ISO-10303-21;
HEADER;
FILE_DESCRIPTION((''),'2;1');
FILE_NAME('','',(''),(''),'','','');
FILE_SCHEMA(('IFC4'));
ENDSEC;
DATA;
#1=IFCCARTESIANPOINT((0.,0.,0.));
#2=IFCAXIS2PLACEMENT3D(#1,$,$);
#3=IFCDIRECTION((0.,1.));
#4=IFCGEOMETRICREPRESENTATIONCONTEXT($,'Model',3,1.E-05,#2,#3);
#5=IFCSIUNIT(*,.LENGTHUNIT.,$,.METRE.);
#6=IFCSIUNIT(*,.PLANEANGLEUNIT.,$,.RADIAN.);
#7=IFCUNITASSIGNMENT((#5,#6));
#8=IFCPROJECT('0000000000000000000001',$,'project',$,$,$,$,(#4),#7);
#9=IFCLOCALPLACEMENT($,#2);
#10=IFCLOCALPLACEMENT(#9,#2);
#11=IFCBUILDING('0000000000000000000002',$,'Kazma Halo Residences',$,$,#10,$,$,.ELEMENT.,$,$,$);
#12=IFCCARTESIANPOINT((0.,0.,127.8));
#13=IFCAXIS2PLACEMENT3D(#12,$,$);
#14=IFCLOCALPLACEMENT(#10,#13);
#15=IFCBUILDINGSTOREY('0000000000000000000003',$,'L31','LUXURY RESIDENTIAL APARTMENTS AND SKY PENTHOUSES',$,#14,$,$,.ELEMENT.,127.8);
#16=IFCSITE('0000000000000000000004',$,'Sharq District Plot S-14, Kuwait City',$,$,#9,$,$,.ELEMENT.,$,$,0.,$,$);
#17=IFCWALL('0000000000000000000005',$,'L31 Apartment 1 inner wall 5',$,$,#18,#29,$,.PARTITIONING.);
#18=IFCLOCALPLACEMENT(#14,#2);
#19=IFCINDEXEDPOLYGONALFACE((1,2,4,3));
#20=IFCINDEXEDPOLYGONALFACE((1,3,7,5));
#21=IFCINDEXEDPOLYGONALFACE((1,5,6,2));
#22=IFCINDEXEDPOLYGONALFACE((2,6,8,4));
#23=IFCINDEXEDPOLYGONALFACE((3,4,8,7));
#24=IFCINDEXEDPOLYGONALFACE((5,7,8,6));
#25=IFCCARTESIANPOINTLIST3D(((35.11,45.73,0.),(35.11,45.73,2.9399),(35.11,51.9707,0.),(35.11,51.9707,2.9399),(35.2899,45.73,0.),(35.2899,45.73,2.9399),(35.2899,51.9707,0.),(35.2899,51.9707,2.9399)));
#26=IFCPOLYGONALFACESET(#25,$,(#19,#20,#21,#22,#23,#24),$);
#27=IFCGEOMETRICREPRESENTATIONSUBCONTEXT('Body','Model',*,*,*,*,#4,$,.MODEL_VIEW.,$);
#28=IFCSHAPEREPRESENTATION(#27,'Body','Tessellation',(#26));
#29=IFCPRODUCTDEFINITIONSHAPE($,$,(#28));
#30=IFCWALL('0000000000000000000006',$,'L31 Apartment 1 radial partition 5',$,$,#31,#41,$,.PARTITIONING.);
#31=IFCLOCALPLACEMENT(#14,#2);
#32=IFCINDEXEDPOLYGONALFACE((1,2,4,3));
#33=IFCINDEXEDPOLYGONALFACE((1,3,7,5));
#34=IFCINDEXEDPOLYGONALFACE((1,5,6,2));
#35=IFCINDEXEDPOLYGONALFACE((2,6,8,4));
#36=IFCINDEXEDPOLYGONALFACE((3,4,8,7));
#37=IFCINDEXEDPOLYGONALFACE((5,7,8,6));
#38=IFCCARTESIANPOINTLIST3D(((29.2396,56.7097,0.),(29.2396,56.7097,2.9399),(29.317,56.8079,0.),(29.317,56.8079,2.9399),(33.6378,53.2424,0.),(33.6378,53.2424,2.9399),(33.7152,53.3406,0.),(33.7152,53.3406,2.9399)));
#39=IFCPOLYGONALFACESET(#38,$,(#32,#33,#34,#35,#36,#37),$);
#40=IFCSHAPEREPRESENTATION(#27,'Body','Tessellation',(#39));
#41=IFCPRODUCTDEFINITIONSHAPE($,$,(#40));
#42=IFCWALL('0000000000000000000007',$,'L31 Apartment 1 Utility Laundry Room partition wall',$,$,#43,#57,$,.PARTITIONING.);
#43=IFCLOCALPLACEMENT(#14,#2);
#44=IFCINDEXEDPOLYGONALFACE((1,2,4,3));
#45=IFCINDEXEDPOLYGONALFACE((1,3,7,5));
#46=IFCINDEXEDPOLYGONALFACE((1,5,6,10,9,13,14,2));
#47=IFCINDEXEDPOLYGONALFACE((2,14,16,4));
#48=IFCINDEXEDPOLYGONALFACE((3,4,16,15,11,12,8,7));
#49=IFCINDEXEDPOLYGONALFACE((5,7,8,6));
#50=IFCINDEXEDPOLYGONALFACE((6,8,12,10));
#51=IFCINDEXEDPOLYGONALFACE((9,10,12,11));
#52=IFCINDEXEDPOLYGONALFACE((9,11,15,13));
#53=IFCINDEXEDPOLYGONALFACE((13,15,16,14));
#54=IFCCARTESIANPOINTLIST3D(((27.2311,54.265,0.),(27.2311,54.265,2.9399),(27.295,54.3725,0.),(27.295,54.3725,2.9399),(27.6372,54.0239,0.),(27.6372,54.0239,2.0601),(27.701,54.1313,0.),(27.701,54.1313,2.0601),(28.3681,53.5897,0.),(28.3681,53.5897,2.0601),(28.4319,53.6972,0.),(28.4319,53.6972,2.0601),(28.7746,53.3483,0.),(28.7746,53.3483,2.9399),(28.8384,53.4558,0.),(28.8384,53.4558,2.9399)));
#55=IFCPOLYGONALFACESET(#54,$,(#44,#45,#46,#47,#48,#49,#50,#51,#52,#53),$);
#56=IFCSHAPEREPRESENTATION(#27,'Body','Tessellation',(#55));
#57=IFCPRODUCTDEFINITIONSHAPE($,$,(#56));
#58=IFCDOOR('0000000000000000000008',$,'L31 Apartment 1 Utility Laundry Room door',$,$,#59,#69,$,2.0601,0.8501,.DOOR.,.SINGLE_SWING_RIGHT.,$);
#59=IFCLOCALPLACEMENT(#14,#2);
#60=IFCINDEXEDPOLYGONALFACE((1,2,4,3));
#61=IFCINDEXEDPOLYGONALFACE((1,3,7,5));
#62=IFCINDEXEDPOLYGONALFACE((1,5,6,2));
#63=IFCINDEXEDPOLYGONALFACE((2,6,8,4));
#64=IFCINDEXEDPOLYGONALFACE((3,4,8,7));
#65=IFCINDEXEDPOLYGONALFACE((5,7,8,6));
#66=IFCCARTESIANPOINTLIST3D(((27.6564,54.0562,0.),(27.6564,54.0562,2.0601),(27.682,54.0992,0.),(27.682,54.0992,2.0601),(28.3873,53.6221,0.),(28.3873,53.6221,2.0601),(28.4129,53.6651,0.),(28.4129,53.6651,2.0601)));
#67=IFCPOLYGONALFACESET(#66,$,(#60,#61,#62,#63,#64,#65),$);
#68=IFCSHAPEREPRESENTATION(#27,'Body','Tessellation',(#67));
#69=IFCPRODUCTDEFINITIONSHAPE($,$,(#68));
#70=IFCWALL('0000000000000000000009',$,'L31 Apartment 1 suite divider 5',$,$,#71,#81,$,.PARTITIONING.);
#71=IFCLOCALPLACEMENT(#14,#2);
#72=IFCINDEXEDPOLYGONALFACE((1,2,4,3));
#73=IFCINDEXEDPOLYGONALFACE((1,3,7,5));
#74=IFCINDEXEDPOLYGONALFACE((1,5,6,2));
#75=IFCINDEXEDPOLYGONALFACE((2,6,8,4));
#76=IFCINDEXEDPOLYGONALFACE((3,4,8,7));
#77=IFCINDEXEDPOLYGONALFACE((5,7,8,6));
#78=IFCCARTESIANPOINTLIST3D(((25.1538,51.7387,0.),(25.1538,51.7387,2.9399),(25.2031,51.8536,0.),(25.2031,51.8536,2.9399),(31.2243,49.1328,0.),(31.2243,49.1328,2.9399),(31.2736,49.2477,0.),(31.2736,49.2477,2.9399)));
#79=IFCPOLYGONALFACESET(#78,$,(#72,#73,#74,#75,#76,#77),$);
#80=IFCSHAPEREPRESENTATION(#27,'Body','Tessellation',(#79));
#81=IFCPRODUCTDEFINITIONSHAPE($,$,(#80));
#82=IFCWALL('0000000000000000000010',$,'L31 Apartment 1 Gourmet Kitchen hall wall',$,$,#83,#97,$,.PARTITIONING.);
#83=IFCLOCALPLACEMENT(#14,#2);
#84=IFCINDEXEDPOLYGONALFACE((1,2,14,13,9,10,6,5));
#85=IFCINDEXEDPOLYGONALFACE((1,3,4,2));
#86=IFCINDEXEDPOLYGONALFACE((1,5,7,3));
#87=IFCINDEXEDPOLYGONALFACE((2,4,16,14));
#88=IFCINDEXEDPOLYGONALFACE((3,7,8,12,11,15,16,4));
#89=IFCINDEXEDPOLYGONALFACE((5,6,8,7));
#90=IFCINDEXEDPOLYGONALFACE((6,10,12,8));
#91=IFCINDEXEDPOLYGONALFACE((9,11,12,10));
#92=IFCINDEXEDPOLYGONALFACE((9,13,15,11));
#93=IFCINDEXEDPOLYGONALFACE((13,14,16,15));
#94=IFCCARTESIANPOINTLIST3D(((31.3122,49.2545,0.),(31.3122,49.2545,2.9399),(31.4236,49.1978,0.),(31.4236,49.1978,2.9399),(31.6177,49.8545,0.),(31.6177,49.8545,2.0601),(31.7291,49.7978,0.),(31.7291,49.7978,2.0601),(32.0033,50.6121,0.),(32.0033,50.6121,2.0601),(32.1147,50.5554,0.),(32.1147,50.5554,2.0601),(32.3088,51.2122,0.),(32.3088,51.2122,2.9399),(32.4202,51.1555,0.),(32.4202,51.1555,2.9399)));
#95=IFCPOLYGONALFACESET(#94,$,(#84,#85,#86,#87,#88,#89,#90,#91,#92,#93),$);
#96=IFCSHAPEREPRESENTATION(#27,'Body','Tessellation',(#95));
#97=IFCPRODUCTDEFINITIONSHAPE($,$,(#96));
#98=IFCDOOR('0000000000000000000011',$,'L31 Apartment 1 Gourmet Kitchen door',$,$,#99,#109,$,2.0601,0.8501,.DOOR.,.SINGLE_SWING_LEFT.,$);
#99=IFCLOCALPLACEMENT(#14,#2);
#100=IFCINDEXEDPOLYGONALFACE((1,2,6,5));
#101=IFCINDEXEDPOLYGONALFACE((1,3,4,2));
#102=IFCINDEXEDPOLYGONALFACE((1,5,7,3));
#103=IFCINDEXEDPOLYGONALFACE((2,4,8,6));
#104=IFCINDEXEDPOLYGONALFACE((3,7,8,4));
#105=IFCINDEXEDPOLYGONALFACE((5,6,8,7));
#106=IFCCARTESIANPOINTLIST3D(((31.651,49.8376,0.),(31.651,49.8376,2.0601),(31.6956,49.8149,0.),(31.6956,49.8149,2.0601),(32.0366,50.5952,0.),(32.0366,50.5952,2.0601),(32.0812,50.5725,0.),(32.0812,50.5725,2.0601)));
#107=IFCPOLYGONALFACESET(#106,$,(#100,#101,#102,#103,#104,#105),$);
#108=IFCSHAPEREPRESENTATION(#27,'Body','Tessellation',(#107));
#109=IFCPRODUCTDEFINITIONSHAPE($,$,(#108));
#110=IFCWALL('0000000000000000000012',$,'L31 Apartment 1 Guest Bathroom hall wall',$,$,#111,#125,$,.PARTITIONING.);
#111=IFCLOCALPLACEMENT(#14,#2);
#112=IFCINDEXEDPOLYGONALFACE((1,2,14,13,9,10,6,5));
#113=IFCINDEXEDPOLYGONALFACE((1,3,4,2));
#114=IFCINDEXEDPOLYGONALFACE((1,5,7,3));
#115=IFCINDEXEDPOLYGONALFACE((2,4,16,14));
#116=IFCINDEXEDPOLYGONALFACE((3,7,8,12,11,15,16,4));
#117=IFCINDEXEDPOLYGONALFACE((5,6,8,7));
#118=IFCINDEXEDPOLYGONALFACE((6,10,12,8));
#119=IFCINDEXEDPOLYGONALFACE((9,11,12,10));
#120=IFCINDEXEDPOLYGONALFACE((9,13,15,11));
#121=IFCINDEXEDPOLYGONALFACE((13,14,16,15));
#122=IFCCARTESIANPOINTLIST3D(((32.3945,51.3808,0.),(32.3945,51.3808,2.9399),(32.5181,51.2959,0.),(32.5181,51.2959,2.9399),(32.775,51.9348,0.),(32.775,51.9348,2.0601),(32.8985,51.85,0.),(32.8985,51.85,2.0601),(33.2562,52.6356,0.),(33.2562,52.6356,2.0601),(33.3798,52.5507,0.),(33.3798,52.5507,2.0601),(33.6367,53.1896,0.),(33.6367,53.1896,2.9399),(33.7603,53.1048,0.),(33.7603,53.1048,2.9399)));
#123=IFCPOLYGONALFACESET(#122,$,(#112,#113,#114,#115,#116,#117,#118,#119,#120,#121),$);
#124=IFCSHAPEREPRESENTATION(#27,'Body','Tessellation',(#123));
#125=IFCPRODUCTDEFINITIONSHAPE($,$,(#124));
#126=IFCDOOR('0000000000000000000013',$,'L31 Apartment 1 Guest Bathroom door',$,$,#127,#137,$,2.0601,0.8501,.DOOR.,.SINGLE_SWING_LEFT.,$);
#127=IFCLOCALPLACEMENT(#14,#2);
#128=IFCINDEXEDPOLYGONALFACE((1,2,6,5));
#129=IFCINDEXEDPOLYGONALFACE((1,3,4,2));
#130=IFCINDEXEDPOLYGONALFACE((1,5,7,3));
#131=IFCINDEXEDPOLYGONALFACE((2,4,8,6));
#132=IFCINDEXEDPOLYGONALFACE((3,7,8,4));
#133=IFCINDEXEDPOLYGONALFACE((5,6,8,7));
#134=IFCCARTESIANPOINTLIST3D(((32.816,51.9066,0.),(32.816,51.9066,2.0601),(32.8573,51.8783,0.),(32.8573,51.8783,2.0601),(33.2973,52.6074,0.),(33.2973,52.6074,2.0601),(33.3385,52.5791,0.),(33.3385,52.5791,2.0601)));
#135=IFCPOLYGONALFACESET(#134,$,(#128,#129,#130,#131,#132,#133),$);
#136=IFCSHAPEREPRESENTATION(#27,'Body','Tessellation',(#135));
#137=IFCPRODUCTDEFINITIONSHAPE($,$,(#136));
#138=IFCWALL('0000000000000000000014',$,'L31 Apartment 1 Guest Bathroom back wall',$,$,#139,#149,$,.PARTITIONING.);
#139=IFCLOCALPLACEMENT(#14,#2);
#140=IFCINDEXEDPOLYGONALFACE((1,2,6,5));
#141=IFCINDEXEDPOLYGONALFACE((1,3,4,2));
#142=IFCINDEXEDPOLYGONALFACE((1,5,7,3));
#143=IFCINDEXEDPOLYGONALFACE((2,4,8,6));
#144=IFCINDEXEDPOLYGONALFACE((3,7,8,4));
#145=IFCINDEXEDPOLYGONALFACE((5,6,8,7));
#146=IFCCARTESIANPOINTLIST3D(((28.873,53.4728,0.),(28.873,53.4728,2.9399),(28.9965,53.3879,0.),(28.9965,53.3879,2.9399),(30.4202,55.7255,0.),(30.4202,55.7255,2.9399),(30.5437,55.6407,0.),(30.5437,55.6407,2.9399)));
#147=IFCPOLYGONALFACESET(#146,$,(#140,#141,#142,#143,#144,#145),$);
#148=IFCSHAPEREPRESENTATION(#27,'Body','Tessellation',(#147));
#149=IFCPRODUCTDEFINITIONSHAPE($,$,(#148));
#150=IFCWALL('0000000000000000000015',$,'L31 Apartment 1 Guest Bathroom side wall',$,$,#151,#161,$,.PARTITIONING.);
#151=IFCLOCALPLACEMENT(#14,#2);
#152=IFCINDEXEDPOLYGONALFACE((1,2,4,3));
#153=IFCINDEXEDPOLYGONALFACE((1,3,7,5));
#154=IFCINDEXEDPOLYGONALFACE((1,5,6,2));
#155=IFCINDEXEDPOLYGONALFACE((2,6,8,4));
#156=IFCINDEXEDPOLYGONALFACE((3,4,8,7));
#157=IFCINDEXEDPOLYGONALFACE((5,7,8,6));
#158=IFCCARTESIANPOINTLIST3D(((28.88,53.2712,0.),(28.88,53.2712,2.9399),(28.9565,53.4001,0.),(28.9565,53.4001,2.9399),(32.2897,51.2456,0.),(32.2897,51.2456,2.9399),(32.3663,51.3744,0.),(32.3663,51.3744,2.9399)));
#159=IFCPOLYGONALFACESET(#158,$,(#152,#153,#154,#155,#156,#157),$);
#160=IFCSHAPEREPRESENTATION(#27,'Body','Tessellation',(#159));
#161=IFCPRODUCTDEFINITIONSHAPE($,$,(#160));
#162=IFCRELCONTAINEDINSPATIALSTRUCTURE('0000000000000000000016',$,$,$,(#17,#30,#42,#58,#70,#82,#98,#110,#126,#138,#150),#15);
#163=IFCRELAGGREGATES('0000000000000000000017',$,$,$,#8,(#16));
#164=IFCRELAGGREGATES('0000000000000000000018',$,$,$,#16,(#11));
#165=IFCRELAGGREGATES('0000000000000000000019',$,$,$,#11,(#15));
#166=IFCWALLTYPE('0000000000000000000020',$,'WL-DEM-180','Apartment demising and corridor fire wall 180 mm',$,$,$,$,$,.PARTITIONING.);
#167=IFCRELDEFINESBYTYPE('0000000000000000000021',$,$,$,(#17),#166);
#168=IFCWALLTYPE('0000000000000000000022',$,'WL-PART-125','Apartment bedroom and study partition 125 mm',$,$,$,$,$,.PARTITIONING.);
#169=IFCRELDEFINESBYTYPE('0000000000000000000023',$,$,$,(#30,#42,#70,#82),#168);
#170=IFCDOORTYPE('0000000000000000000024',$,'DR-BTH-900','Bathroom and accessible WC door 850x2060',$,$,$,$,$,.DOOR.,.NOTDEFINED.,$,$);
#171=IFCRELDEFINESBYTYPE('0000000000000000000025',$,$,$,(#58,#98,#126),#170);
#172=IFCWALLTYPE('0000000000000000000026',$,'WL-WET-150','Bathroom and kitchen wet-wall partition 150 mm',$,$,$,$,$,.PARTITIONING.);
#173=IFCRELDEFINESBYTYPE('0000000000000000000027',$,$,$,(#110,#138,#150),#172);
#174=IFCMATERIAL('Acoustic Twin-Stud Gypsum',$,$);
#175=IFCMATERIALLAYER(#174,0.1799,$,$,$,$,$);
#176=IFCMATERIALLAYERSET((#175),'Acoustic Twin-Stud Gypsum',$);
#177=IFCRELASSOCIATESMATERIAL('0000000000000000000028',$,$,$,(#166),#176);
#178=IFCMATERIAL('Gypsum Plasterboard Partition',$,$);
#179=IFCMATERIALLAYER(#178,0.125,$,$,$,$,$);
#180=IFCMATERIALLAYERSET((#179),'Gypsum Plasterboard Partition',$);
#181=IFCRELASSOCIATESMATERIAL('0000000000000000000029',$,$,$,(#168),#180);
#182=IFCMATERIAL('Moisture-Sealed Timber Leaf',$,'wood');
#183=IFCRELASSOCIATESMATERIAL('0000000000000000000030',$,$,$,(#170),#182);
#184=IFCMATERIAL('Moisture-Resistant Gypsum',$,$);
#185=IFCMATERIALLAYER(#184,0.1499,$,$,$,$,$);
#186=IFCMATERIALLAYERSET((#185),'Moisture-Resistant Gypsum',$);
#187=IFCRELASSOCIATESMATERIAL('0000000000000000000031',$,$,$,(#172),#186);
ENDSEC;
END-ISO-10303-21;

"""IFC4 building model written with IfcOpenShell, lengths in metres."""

from ifc_helpers import new_model, si_unit, direction, frame, frame_2d, origin, place, context, subcontext, project, spatial, rectangle, extrude, material, layer, layer_set, type_object, element, fill, save


model = new_model("IFC4")

# Units and contexts
model_context = context("Model", 3, precision=1e-05, world=origin(), true_north=direction((0.0, 1.0)))
body_context = subcontext(model_context, "Body", "Model", "MODEL_VIEW")
ifc_project = project(units=[si_unit("LENGTHUNIT", "METRE"), si_unit("PLANEANGLEUNIT", "RADIAN")], contexts=[model_context])

# Site, building, storey
site_placement = place(None, origin())
site = spatial("IfcSite", under=ifc_project, at=site_placement, Name="Sharq District Plot S-14, Kuwait City", CompositionType="ELEMENT", RefElevation=0.0)
building_placement = place(site_placement, origin())
building = spatial("IfcBuilding", under=site, at=building_placement, Name="Kazma Halo Residences", CompositionType="ELEMENT")
storey_placement = place(building_placement, frame((0.0, 0.0, 127.8)))
storey = spatial("IfcBuildingStorey", under=building, at=storey_placement, Name="L31", Description="LUXURY RESIDENTIAL APARTMENTS AND SKY PENTHOUSES", CompositionType="ELEMENT", Elevation=127.8)

# Walls
ifc_material_1 = material(Name="Acoustic Twin-Stud Gypsum")
ifc_layer_1 = layer(ifc_material_1, 0.1799)
ifc_layer_set_1 = layer_set([ifc_layer_1], Name="Acoustic Twin-Stud Gypsum")
wall_type_1 = type_object("IfcWallType", Name="WL-DEM-180", Description="Apartment demising and corridor fire wall 180 mm", PredefinedType="PARTITIONING", material=ifc_layer_set_1)
wall_1_placement = place(storey_placement, frame((35.2, 51.9707, 0.0), z_axis=(0.0, 0.0, 1.0), x_axis=(0.0, -1.0, 0.0)))
element("IfcWall", 1, at=wall_1_placement, inside=storey, type_object=wall_type_1, Name="L31 Apartment 1 inner wall 5", PredefinedType="PARTITIONING", context=body_context, shape_type="SweptSolid", body=[
    extrude(rectangle(XDim=6.2407, YDim=0.1799, at=frame_2d((3.1204, 0.0))), origin(), (0.0, 0.0, 1.0), 2.9399),
])
ifc_material_2 = material(Name="Gypsum Plasterboard Partition")
ifc_layer_2 = layer(ifc_material_2, 0.125)
ifc_layer_set_2 = layer_set([ifc_layer_2], Name="Gypsum Plasterboard Partition")
wall_type_2 = type_object("IfcWallType", Name="WL-PART-125", Description="Apartment bedroom and study partition 125 mm", PredefinedType="PARTITIONING", material=ifc_layer_set_2)
wall_2_placement = place(storey_placement, frame((33.6765, 53.2915, 0.0), z_axis=(0.0, 0.0, 1.0), x_axis=(-0.785314, 0.619097, 0.0)))
element("IfcWall", 2, at=wall_2_placement, inside=storey, type_object=wall_type_2, Name="L31 Apartment 1 radial partition 5", PredefinedType="PARTITIONING", context=body_context, shape_type="SweptSolid", body=[
    extrude(rectangle(XDim=5.6006, YDim=0.125, at=frame_2d((2.8003, 0.0))), origin(), (0.0, 0.0, 1.0), 2.9399),
])

# Wall, opening, door
wall_3_placement = place(storey_placement, frame((28.8064, 53.4021, 0.0), z_axis=(0.0, 0.0, 1.0), x_axis=(-0.859776, 0.510671, 0.0)))
wall_3 = element("IfcWall", 3, at=wall_3_placement, inside=storey, type_object=wall_type_2, Name="L31 Apartment 1 Utility Laundry Room partition wall", PredefinedType="PARTITIONING", context=body_context, shape_type="SweptSolid", body=[
    extrude(rectangle(XDim=1.7952, YDim=0.125, at=frame_2d((0.8975, 0.0))), origin(), (0.0, 0.0, 1.0), 2.9399),
])
opening_1_placement = place(wall_3_placement, frame((0.4727, 0.0, 0.0)))
opening_1 = element("IfcOpeningElement", 4, at=opening_1_placement, cuts=wall_3, PredefinedType="OPENING", context=body_context, shape_type="SweptSolid", body=[
    extrude(rectangle(XDim=0.8501, YDim=2.0601, at=frame_2d((0.425, 1.03))), frame((0.0, 0.0725, 0.0), z_axis=(0.0, -1.0, 0.0), x_axis=(1.0, 0.0, 0.0)), (0.0, 0.0, 1.0), 0.145),
])
ifc_material_3 = material(Name="Moisture-Sealed Timber Leaf", Category="wood")
door_type = type_object("IfcDoorType", Name="DR-BTH-900", Description="Bathroom and accessible WC door 850x2060", OperationType="NOTDEFINED", PredefinedType="DOOR", material=ifc_material_3)
door_1_placement = place(opening_1_placement, origin())
door_1 = element("IfcDoor", 5, at=door_1_placement, inside=storey, type_object=door_type, Name="L31 Apartment 1 Utility Laundry Room door", OperationType="SINGLE_SWING_RIGHT", OverallHeight=2.0601, OverallWidth=0.8501, PredefinedType="DOOR", context=body_context, shape_type="SweptSolid", body=[
    extrude(rectangle(XDim=0.8501, YDim=2.0601, at=frame_2d((0.425, 1.03))), frame((0.0, 0.0249, 0.0), z_axis=(0.0, -1.0, 0.0), x_axis=(1.0, 0.0, 0.0)), (0.0, 0.0, 1.0), 0.05),
])
fill(opening_1, door_1)

# Wall
wall_4_placement = place(storey_placement, frame((31.249, 49.1902, 0.0), z_axis=(0.0, 0.0, 1.0), x_axis=(-0.91891, 0.394468, 0.0)))
element("IfcWall", 6, at=wall_4_placement, inside=storey, type_object=wall_type_2, Name="L31 Apartment 1 suite divider 5", PredefinedType="PARTITIONING", context=body_context, shape_type="SweptSolid", body=[
    extrude(rectangle(XDim=6.6062, YDim=0.125, at=frame_2d((3.3032, 0.0))), origin(), (0.0, 0.0, 1.0), 2.9399),
])

# Walls, openings, doors
wall_5_placement = place(storey_placement, frame((32.3645, 51.1838, 0.0), z_axis=(0.0, 0.0, 1.0), x_axis=(-0.453648, -0.891181, 0.0)))
wall_5 = element("IfcWall", 7, at=wall_5_placement, inside=storey, type_object=wall_type_2, Name="L31 Apartment 1 Gourmet Kitchen hall wall", PredefinedType="PARTITIONING", context=body_context, shape_type="SweptSolid", body=[
    extrude(rectangle(XDim=2.1968, YDim=0.125, at=frame_2d((1.0984, 0.0))), origin(), (0.0, 0.0, 1.0), 2.9399),
])
opening_2_placement = place(wall_5_placement, frame((0.6733, 0.0, 0.0)))
opening_2 = element("IfcOpeningElement", 8, at=opening_2_placement, cuts=wall_5, PredefinedType="OPENING", context=body_context, shape_type="SweptSolid", body=[
    extrude(rectangle(XDim=0.8501, YDim=2.0601, at=frame_2d((0.425, 1.03))), frame((0.0, 0.0725, 0.0), z_axis=(0.0, -1.0, 0.0), x_axis=(1.0, 0.0, 0.0)), (0.0, 0.0, 1.0), 0.145),
])
door_2_placement = place(opening_2_placement, origin())
door_2 = element("IfcDoor", 9, at=door_2_placement, inside=storey, type_object=door_type, Name="L31 Apartment 1 Gourmet Kitchen door", OperationType="SINGLE_SWING_LEFT", OverallHeight=2.0601, OverallWidth=0.8501, PredefinedType="DOOR", context=body_context, shape_type="SweptSolid", body=[
    extrude(rectangle(XDim=0.8501, YDim=2.0601, at=frame_2d((0.425, 1.03))), frame((0.0, 0.0249, 0.0), z_axis=(0.0, -1.0, 0.0), x_axis=(1.0, 0.0, 0.0)), (0.0, 0.0, 1.0), 0.05),
])
fill(opening_2, door_2)
ifc_material_4 = material(Name="Moisture-Resistant Gypsum")
ifc_layer_3 = layer(ifc_material_4, 0.1499)
ifc_layer_set_3 = layer_set([ifc_layer_3], Name="Moisture-Resistant Gypsum")
wall_type_3 = type_object("IfcWallType", Name="WL-WET-150", Description="Bathroom and kitchen wet-wall partition 150 mm", PredefinedType="PARTITIONING", material=ifc_layer_set_3)
wall_6_placement = place(storey_placement, frame((33.6985, 53.1472, 0.0), z_axis=(0.0, 0.0, 1.0), x_axis=(-0.566099, -0.824337, 0.0)))
wall_6 = element("IfcWall", 10, at=wall_6_placement, inside=storey, type_object=wall_type_3, Name="L31 Apartment 1 Guest Bathroom hall wall", PredefinedType="PARTITIONING", context=body_context, shape_type="SweptSolid", body=[
    extrude(rectangle(XDim=2.1943, YDim=0.1499, at=frame_2d((1.0972, 0.0))), origin(), (0.0, 0.0, 1.0), 2.9399),
])
opening_3_placement = place(wall_6_placement, frame((0.6721, 0.0, 0.0)))
opening_3 = element("IfcOpeningElement", 11, at=opening_3_placement, cuts=wall_6, PredefinedType="OPENING", context=body_context, shape_type="SweptSolid", body=[
    extrude(rectangle(XDim=0.8501, YDim=2.0601, at=frame_2d((0.425, 1.03))), frame((0.0, 0.085, 0.0), z_axis=(0.0, -1.0, 0.0), x_axis=(1.0, 0.0, 0.0)), (0.0, 0.0, 1.0), 0.1699),
])
door_3_placement = place(opening_3_placement, origin())
door_3 = element("IfcDoor", 12, at=door_3_placement, inside=storey, type_object=door_type, Name="L31 Apartment 1 Guest Bathroom door", OperationType="SINGLE_SWING_LEFT", OverallHeight=2.0601, OverallWidth=0.8501, PredefinedType="DOOR", context=body_context, shape_type="SweptSolid", body=[
    extrude(rectangle(XDim=0.8501, YDim=2.0601, at=frame_2d((0.425, 1.03))), frame((0.0, 0.0249, 0.0), z_axis=(0.0, -1.0, 0.0), x_axis=(1.0, 0.0, 0.0)), (0.0, 0.0, 1.0), 0.05),
])
fill(opening_3, door_3)

# Walls
wall_7_placement = place(storey_placement, frame((30.4819, 55.6831, 0.0), z_axis=(0.0, 0.0, 1.0), x_axis=(-0.566131, -0.824316, 0.0)))
element("IfcWall", 13, at=wall_7_placement, inside=storey, type_object=wall_type_3, Name="L31 Apartment 1 Guest Bathroom back wall", PredefinedType="PARTITIONING", context=body_context, shape_type="SweptSolid", body=[
    extrude(rectangle(XDim=2.7329, YDim=0.1499, at=frame_2d((1.3665, 0.0))), origin(), (0.0, 0.0, 1.0), 2.9399),
])
wall_8_placement = place(storey_placement, frame((32.3279, 51.3101, 0.0), z_axis=(0.0, 0.0, 1.0), x_axis=(-0.859728, 0.510752, 0.0)))
element("IfcWall", 14, at=wall_8_placement, inside=storey, type_object=wall_type_3, Name="L31 Apartment 1 Guest Bathroom side wall", PredefinedType="PARTITIONING", context=body_context, shape_type="SweptSolid", body=[
    extrude(rectangle(XDim=3.9661, YDim=0.1499, at=frame_2d((1.9829, 0.0))), origin(), (0.0, 0.0, 1.0), 2.9399),
])

save(model, "model.ifc")
